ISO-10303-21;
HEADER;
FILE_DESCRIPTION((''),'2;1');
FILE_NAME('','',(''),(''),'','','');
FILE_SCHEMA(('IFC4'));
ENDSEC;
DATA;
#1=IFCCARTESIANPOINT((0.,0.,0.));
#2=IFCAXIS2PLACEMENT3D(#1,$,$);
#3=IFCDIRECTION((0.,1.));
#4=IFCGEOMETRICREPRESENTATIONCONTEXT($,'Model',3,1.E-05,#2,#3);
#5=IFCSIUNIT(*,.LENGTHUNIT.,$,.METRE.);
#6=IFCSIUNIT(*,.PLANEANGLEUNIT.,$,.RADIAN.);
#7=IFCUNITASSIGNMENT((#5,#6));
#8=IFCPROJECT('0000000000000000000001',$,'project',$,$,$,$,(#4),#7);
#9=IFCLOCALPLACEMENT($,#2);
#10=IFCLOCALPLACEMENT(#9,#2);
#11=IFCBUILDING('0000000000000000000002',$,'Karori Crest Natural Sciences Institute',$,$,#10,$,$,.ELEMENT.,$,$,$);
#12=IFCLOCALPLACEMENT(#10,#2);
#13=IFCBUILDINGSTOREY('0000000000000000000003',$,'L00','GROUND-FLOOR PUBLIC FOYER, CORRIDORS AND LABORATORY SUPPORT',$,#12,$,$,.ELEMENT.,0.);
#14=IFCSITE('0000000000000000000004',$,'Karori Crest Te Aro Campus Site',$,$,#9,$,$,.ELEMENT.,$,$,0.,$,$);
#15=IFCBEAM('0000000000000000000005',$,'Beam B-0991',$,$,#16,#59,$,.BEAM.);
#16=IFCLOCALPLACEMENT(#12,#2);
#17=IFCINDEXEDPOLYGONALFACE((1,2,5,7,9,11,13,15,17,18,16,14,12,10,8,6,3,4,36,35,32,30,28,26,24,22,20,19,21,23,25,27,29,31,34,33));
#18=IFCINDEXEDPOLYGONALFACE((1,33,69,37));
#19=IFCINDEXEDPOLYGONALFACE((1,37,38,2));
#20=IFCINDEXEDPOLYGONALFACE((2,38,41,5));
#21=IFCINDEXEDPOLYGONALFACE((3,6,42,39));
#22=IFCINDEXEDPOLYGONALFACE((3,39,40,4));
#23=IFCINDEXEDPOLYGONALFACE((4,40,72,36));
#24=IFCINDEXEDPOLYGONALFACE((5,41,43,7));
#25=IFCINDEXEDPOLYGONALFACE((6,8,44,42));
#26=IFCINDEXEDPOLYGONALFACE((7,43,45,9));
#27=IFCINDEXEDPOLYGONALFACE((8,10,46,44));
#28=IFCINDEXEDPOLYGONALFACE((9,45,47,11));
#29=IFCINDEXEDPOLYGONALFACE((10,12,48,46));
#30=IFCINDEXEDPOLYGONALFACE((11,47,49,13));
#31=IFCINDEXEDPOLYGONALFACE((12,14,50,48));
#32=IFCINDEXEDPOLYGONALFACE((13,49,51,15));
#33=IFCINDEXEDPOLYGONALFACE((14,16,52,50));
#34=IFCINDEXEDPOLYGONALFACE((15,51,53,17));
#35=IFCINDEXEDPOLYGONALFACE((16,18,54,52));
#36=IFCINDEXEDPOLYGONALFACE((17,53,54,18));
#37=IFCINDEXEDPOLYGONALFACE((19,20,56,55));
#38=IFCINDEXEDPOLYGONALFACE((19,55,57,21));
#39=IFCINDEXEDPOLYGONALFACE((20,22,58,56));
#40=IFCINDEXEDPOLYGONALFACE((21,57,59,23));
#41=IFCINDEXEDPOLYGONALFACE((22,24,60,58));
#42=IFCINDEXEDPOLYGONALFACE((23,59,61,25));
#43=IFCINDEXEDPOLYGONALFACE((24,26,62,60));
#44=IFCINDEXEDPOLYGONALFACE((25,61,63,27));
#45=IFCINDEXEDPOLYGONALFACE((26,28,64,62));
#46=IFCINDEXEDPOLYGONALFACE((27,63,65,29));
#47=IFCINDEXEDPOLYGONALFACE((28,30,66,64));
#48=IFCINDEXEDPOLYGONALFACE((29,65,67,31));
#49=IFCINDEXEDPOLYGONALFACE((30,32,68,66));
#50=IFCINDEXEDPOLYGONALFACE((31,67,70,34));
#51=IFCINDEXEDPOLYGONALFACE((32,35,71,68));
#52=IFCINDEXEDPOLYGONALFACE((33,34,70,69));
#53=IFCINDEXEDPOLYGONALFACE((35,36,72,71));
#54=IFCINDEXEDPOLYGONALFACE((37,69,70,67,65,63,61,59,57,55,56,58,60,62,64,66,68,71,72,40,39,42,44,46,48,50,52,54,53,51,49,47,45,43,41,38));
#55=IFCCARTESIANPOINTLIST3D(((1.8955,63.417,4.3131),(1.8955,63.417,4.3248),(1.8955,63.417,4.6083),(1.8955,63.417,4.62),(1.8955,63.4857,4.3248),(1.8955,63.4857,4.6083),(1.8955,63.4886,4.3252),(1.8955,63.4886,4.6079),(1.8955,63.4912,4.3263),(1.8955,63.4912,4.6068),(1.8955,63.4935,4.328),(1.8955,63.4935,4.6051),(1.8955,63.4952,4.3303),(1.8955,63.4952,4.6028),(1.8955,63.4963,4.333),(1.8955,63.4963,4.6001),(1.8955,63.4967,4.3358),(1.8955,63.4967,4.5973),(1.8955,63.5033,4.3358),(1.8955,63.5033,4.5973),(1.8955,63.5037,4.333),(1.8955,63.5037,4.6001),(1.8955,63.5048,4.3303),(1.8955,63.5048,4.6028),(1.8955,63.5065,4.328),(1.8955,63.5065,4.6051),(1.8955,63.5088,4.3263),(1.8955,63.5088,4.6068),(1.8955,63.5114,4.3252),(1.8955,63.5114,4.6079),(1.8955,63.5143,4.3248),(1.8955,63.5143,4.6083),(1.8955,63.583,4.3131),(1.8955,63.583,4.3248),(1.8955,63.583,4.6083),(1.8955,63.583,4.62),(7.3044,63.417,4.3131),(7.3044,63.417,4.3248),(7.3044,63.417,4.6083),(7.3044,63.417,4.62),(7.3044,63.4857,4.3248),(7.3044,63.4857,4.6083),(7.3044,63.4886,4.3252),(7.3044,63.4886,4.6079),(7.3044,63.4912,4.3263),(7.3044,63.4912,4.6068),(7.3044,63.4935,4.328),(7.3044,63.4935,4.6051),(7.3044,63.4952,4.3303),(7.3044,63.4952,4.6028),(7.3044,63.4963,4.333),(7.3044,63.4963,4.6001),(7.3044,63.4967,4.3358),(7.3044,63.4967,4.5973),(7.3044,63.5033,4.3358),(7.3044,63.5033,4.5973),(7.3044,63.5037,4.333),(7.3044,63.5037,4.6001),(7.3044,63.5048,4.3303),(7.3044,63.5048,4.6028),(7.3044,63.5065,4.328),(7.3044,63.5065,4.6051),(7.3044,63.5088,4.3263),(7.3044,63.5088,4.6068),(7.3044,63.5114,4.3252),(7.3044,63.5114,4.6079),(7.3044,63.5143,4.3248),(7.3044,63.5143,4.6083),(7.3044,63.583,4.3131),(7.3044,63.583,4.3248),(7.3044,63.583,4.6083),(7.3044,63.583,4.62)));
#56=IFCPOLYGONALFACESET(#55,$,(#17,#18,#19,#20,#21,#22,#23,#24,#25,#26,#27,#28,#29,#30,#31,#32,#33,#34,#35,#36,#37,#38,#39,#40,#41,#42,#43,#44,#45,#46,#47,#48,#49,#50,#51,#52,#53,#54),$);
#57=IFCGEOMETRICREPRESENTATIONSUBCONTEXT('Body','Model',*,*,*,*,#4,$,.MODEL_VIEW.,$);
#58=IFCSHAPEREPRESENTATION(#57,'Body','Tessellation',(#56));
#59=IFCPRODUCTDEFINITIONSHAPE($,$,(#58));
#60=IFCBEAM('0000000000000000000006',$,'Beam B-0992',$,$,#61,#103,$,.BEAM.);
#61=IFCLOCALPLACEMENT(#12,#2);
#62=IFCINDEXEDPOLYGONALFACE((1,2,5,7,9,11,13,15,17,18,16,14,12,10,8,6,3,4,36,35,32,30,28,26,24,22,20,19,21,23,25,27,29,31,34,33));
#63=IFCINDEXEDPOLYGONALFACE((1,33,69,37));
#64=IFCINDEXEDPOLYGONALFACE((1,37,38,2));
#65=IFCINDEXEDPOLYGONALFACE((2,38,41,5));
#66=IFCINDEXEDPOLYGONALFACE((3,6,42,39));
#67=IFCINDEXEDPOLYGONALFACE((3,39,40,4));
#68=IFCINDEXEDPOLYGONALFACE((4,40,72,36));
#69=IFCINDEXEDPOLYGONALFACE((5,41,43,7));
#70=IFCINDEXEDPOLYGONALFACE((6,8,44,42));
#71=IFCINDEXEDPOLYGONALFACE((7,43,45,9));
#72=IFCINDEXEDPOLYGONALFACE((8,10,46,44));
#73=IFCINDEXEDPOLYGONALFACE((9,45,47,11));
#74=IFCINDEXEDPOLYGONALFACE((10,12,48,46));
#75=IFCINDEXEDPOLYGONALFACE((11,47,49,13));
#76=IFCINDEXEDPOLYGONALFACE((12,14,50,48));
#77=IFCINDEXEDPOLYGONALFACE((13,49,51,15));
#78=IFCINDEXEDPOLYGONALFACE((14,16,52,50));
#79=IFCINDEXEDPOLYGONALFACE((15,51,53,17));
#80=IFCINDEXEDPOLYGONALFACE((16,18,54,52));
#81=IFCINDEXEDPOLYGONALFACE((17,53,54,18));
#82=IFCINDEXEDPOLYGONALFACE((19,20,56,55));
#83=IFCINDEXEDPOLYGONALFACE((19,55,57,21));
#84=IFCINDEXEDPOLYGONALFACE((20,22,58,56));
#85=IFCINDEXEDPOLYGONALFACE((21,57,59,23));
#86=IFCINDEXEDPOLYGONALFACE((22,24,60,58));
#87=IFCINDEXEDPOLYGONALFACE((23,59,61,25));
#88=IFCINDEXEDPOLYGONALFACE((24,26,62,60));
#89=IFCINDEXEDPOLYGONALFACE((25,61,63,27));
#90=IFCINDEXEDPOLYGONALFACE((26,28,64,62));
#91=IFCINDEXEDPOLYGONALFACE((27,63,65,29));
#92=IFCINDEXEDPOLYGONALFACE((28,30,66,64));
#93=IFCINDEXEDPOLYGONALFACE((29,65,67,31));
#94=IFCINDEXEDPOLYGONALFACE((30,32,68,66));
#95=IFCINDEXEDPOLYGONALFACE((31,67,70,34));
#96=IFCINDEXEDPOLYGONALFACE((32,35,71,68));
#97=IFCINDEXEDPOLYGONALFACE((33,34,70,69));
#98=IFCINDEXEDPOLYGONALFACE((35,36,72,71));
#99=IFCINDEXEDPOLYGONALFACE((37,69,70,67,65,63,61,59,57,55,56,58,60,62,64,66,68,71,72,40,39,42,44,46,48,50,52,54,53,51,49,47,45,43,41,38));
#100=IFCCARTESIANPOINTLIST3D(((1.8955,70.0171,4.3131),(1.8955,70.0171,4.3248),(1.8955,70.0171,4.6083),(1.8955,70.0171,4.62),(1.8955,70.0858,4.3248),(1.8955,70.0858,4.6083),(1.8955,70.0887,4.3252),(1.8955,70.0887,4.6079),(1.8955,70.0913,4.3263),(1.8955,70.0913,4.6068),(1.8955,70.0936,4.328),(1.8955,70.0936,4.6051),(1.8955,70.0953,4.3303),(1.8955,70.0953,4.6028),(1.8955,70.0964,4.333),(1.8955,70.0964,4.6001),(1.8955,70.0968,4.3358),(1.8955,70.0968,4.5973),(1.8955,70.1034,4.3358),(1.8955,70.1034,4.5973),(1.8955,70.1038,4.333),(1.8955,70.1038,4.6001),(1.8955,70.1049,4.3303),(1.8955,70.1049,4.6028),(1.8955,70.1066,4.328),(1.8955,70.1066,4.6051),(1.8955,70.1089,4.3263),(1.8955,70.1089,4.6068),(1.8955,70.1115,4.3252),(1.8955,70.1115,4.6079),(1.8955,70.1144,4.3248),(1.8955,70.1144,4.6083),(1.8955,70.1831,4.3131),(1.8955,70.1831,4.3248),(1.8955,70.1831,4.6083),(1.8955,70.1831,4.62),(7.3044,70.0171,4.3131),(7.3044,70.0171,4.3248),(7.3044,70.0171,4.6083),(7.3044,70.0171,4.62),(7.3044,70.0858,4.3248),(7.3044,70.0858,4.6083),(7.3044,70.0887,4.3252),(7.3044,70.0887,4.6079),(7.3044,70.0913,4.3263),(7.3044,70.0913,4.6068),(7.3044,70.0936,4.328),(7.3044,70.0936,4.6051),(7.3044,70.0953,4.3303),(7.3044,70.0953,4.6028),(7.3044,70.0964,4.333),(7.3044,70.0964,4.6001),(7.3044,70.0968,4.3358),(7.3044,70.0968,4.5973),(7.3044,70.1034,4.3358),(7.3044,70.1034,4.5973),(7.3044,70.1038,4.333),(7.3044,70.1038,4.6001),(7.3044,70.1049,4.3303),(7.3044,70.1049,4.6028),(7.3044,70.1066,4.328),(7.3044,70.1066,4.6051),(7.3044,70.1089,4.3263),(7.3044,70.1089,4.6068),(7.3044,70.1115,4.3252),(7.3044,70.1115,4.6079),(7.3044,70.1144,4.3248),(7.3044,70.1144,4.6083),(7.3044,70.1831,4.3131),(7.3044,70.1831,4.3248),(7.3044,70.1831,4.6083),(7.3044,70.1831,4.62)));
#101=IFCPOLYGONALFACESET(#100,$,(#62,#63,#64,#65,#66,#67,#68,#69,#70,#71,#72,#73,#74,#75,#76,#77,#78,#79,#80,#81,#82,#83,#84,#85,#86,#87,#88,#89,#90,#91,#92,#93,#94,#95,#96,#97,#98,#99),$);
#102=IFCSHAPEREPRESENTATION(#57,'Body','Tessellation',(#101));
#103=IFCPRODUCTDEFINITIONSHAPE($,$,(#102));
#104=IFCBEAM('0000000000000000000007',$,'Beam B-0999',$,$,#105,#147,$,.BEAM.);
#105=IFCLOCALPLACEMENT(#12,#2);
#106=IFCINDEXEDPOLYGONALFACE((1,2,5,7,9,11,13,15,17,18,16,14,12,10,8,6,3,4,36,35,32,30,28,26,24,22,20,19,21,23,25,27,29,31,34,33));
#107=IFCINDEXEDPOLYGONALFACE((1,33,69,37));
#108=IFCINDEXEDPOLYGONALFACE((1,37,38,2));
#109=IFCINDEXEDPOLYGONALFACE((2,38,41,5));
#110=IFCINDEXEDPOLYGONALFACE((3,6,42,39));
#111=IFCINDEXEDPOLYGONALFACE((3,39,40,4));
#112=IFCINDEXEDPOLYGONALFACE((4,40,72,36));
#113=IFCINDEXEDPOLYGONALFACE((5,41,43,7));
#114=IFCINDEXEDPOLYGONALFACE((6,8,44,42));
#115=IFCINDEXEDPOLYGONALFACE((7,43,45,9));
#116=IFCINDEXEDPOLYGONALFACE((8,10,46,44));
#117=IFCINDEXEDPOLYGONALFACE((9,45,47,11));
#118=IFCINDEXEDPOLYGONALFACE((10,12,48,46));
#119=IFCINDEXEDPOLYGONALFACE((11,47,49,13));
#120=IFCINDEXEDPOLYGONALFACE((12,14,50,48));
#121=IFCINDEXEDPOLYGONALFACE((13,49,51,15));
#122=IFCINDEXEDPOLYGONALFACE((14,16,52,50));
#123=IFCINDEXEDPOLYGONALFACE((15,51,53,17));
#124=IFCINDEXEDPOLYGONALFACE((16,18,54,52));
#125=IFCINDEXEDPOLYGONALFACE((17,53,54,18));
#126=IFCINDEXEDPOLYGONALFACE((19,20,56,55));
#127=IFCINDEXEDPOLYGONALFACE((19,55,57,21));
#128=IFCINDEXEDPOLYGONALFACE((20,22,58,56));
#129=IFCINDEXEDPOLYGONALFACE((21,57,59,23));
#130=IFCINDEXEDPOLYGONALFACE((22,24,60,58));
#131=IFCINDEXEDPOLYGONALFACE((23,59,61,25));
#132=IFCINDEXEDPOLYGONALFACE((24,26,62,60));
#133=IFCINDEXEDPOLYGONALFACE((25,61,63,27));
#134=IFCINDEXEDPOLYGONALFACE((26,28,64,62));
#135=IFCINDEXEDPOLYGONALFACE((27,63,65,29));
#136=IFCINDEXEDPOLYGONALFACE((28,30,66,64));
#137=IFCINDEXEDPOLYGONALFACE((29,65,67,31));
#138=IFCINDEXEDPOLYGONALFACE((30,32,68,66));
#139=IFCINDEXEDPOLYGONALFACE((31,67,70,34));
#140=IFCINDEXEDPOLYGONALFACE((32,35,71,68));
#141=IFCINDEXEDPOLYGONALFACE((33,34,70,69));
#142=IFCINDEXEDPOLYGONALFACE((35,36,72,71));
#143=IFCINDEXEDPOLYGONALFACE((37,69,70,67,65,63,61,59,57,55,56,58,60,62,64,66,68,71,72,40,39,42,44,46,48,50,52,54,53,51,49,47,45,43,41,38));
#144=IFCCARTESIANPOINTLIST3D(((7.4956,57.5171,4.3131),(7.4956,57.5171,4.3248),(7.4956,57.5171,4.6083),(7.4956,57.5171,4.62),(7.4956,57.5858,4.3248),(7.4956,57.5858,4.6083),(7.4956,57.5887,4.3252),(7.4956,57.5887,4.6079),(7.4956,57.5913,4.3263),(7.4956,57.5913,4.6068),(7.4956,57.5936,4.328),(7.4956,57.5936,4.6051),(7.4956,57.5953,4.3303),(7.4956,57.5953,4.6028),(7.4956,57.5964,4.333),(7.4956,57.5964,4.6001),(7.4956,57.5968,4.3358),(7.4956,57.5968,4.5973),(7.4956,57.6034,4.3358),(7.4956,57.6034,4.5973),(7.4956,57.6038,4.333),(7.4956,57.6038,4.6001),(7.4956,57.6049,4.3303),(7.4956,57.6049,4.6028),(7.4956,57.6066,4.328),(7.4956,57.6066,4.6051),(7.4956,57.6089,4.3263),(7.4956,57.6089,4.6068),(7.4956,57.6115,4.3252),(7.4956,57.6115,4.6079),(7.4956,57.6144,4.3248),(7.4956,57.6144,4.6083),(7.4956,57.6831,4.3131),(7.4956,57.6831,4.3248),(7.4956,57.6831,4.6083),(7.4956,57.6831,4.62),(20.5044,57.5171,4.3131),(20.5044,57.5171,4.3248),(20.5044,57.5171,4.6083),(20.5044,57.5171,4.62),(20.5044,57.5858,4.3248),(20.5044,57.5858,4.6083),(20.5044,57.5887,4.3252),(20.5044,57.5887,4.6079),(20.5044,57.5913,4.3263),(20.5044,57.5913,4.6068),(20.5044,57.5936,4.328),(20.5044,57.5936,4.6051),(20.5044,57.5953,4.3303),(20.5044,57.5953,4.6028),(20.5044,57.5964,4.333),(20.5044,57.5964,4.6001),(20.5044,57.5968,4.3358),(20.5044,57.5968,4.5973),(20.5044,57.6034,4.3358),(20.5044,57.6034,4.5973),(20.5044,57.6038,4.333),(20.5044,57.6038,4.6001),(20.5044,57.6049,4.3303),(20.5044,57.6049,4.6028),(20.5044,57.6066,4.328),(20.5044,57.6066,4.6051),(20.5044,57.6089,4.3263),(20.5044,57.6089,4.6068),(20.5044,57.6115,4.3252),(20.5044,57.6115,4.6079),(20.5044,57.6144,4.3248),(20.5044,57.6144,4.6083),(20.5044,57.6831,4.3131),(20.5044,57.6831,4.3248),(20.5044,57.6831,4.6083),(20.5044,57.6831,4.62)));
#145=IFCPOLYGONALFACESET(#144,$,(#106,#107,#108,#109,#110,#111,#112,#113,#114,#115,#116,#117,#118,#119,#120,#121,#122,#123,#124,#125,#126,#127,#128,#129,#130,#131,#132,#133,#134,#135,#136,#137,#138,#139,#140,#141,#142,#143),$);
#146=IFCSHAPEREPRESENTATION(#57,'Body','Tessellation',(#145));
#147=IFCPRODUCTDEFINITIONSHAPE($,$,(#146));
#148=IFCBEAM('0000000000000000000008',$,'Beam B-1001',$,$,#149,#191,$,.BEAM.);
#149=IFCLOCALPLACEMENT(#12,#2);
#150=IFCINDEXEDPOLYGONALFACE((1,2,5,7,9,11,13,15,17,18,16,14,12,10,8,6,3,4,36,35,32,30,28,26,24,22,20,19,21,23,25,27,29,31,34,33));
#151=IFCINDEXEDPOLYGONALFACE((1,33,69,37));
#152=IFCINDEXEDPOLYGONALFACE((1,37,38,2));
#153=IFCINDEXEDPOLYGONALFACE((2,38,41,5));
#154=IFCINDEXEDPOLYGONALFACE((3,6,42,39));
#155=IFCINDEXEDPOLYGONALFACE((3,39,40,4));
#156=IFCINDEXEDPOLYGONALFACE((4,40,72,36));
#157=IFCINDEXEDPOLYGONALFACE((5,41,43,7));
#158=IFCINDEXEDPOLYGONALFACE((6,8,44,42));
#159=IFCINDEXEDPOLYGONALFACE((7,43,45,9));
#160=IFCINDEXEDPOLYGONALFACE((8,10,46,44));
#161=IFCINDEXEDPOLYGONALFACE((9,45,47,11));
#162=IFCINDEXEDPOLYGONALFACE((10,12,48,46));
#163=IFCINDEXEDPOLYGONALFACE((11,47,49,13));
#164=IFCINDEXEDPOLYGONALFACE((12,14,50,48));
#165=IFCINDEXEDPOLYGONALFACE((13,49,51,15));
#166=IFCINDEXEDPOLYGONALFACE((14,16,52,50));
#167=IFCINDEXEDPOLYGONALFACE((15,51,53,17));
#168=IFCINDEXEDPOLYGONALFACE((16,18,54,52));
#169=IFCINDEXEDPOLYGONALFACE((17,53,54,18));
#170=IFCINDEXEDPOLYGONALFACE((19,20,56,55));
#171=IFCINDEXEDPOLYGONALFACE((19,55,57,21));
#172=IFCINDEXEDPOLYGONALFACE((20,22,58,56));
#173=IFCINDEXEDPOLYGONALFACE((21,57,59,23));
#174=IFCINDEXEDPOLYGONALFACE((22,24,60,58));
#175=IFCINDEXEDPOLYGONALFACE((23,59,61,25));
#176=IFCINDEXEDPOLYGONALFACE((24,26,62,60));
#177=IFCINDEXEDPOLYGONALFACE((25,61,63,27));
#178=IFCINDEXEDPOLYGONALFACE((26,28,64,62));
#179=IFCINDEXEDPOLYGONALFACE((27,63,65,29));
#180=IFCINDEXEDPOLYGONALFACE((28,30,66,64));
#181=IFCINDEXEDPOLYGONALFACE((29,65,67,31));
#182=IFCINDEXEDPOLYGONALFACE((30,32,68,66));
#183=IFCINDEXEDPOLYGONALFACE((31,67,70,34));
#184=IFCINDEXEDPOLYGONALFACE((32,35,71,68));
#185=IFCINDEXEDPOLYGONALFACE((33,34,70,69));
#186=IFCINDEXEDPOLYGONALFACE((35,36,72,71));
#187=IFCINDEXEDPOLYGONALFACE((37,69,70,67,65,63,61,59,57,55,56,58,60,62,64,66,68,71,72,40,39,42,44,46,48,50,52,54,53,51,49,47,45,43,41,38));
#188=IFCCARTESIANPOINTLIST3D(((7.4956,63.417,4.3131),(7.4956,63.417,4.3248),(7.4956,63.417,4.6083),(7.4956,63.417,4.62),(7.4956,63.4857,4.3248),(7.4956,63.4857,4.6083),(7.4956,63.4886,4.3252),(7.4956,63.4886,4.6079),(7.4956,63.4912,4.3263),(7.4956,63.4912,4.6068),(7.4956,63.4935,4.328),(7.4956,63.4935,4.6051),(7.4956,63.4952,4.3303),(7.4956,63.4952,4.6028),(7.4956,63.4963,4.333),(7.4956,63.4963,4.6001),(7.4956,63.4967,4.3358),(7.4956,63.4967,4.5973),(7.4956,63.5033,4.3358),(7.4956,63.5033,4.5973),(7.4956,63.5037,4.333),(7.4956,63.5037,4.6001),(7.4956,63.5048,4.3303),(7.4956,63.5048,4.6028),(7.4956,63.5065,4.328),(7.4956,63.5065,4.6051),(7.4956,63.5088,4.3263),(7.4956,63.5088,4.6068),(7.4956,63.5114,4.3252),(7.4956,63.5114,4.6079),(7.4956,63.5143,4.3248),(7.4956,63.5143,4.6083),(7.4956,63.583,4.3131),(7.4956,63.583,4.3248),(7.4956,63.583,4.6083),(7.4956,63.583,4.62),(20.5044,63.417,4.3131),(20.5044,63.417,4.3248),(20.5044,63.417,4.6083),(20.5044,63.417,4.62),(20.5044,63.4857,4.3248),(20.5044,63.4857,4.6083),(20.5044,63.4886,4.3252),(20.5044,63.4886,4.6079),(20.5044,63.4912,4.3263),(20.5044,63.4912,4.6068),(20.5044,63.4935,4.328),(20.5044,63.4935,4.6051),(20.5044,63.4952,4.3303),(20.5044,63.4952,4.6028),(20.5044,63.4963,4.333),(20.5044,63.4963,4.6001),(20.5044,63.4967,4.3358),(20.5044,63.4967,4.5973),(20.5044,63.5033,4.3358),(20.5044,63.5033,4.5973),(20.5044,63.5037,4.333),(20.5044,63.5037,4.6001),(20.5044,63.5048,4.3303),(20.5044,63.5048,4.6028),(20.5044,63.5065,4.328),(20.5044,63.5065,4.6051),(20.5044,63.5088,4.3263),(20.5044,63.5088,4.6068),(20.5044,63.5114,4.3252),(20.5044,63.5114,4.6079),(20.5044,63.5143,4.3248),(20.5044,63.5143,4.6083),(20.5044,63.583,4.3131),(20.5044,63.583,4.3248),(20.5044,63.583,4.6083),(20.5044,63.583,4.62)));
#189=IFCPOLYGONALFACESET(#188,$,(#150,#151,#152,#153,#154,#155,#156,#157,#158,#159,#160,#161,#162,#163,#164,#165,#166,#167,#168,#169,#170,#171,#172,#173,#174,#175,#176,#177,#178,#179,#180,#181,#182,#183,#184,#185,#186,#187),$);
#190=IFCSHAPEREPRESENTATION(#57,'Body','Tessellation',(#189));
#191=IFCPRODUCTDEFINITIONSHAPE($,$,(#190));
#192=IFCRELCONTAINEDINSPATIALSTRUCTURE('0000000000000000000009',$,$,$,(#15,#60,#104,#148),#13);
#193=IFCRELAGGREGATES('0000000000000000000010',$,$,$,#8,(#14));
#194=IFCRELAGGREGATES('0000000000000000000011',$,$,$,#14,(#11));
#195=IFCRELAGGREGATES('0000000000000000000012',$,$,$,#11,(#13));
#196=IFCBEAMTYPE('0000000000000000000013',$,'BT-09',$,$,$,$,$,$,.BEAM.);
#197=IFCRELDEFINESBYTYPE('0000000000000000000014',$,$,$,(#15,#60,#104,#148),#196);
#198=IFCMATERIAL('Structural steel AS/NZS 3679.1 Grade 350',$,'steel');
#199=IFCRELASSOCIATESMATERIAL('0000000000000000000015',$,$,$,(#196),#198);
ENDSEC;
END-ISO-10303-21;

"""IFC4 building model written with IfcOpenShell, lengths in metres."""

from ifc_helpers import new_model, si_unit, direction, frame, origin, origin_2d, place, context, subcontext, project, spatial, i_section, extrude, material, material_profile, profile_set, type_object, element, save


model = new_model("IFC4")

# Units and contexts
model_context = context("Model", 3, precision=1e-05, world=origin(), true_north=direction((0.0, 1.0)))
body_context = subcontext(model_context, "Body", "Model", "MODEL_VIEW")
ifc_project = project(units=[si_unit("LENGTHUNIT", "METRE"), si_unit("PLANEANGLEUNIT", "RADIAN")], contexts=[model_context])

# Site, building, storey
site_placement = place(None, origin())
site = spatial("IfcSite", under=ifc_project, at=site_placement, Name="Karori Crest Te Aro Campus Site", CompositionType="ELEMENT", RefElevation=0.0)
building_placement = place(site_placement, origin())
building = spatial("IfcBuilding", under=site, at=building_placement, Name="Karori Crest Natural Sciences Institute", CompositionType="ELEMENT")
storey_placement = place(building_placement, origin())
storey = spatial("IfcBuildingStorey", under=building, at=storey_placement, Name="L00", Description="GROUND-FLOOR PUBLIC FOYER, CORRIDORS AND LABORATORY SUPPORT", CompositionType="ELEMENT", Elevation=0.0)

# Shared definitions
ifc_material_1 = material(Name="Structural steel AS/NZS 3679.1 Grade 350", Category="steel")

# Beams
ifc_material_profile_1 = material_profile(ifc_material_1, i_section(OverallWidth=0.166, OverallDepth=0.3069, WebThickness=0.0066, FlangeThickness=0.0117, FilletRadius=0.011, at=origin_2d()), Name="310UB46.2")
ifc_profile_set_1 = profile_set([ifc_material_profile_1], Name="Structural steel AS/NZS 3679.1 Grade 350")
beam_type_1 = type_object("IfcBeamType", Name="BT-09", PredefinedType="BEAM", material=ifc_profile_set_1)
for number, where, z_axis, x_axis, name in (
    (1, (1.8955, 63.5, 4.4666), (1.0, 0.0, 0.0), (0.0, 1.0, 0.0), "Beam B-0991"),
    (2, (1.8955, 70.1001, 4.4666), (1.0, 0.0, 0.0), (0.0, 1.0, 0.0), "Beam B-0992"),
):
    element("IfcBeam", number, at=place(storey_placement, frame(where, z_axis=z_axis, x_axis=x_axis)), inside=storey, type_object=beam_type_1, Name=name, PredefinedType="BEAM", context=body_context, shape_type="SweptSolid", body=[
        extrude(i_section(OverallWidth=0.166, OverallDepth=0.3069, WebThickness=0.0066, FlangeThickness=0.0117, FilletRadius=0.011, at=origin_2d()), origin(), (0.0, 0.0, 1.0), 5.4089),
    ])
for number, where, z_axis, x_axis, name in (
    (3, (7.4956, 57.6001, 4.4666), (1.0, 0.0, 0.0), (0.0, 1.0, 0.0), "Beam B-0999"),
    (4, (7.4956, 63.5, 4.4666), (1.0, 0.0, 0.0), (0.0, 1.0, 0.0), "Beam B-1001"),
):
    element("IfcBeam", number, at=place(storey_placement, frame(where, z_axis=z_axis, x_axis=x_axis)), inside=storey, type_object=beam_type_1, Name=name, PredefinedType="BEAM", context=body_context, shape_type="SweptSolid", body=[
        extrude(i_section(OverallWidth=0.166, OverallDepth=0.3069, WebThickness=0.0066, FlangeThickness=0.0117, FilletRadius=0.011, at=origin_2d()), origin(), (0.0, 0.0, 1.0), 13.0088),
    ])

save(model, "model.ifc")
